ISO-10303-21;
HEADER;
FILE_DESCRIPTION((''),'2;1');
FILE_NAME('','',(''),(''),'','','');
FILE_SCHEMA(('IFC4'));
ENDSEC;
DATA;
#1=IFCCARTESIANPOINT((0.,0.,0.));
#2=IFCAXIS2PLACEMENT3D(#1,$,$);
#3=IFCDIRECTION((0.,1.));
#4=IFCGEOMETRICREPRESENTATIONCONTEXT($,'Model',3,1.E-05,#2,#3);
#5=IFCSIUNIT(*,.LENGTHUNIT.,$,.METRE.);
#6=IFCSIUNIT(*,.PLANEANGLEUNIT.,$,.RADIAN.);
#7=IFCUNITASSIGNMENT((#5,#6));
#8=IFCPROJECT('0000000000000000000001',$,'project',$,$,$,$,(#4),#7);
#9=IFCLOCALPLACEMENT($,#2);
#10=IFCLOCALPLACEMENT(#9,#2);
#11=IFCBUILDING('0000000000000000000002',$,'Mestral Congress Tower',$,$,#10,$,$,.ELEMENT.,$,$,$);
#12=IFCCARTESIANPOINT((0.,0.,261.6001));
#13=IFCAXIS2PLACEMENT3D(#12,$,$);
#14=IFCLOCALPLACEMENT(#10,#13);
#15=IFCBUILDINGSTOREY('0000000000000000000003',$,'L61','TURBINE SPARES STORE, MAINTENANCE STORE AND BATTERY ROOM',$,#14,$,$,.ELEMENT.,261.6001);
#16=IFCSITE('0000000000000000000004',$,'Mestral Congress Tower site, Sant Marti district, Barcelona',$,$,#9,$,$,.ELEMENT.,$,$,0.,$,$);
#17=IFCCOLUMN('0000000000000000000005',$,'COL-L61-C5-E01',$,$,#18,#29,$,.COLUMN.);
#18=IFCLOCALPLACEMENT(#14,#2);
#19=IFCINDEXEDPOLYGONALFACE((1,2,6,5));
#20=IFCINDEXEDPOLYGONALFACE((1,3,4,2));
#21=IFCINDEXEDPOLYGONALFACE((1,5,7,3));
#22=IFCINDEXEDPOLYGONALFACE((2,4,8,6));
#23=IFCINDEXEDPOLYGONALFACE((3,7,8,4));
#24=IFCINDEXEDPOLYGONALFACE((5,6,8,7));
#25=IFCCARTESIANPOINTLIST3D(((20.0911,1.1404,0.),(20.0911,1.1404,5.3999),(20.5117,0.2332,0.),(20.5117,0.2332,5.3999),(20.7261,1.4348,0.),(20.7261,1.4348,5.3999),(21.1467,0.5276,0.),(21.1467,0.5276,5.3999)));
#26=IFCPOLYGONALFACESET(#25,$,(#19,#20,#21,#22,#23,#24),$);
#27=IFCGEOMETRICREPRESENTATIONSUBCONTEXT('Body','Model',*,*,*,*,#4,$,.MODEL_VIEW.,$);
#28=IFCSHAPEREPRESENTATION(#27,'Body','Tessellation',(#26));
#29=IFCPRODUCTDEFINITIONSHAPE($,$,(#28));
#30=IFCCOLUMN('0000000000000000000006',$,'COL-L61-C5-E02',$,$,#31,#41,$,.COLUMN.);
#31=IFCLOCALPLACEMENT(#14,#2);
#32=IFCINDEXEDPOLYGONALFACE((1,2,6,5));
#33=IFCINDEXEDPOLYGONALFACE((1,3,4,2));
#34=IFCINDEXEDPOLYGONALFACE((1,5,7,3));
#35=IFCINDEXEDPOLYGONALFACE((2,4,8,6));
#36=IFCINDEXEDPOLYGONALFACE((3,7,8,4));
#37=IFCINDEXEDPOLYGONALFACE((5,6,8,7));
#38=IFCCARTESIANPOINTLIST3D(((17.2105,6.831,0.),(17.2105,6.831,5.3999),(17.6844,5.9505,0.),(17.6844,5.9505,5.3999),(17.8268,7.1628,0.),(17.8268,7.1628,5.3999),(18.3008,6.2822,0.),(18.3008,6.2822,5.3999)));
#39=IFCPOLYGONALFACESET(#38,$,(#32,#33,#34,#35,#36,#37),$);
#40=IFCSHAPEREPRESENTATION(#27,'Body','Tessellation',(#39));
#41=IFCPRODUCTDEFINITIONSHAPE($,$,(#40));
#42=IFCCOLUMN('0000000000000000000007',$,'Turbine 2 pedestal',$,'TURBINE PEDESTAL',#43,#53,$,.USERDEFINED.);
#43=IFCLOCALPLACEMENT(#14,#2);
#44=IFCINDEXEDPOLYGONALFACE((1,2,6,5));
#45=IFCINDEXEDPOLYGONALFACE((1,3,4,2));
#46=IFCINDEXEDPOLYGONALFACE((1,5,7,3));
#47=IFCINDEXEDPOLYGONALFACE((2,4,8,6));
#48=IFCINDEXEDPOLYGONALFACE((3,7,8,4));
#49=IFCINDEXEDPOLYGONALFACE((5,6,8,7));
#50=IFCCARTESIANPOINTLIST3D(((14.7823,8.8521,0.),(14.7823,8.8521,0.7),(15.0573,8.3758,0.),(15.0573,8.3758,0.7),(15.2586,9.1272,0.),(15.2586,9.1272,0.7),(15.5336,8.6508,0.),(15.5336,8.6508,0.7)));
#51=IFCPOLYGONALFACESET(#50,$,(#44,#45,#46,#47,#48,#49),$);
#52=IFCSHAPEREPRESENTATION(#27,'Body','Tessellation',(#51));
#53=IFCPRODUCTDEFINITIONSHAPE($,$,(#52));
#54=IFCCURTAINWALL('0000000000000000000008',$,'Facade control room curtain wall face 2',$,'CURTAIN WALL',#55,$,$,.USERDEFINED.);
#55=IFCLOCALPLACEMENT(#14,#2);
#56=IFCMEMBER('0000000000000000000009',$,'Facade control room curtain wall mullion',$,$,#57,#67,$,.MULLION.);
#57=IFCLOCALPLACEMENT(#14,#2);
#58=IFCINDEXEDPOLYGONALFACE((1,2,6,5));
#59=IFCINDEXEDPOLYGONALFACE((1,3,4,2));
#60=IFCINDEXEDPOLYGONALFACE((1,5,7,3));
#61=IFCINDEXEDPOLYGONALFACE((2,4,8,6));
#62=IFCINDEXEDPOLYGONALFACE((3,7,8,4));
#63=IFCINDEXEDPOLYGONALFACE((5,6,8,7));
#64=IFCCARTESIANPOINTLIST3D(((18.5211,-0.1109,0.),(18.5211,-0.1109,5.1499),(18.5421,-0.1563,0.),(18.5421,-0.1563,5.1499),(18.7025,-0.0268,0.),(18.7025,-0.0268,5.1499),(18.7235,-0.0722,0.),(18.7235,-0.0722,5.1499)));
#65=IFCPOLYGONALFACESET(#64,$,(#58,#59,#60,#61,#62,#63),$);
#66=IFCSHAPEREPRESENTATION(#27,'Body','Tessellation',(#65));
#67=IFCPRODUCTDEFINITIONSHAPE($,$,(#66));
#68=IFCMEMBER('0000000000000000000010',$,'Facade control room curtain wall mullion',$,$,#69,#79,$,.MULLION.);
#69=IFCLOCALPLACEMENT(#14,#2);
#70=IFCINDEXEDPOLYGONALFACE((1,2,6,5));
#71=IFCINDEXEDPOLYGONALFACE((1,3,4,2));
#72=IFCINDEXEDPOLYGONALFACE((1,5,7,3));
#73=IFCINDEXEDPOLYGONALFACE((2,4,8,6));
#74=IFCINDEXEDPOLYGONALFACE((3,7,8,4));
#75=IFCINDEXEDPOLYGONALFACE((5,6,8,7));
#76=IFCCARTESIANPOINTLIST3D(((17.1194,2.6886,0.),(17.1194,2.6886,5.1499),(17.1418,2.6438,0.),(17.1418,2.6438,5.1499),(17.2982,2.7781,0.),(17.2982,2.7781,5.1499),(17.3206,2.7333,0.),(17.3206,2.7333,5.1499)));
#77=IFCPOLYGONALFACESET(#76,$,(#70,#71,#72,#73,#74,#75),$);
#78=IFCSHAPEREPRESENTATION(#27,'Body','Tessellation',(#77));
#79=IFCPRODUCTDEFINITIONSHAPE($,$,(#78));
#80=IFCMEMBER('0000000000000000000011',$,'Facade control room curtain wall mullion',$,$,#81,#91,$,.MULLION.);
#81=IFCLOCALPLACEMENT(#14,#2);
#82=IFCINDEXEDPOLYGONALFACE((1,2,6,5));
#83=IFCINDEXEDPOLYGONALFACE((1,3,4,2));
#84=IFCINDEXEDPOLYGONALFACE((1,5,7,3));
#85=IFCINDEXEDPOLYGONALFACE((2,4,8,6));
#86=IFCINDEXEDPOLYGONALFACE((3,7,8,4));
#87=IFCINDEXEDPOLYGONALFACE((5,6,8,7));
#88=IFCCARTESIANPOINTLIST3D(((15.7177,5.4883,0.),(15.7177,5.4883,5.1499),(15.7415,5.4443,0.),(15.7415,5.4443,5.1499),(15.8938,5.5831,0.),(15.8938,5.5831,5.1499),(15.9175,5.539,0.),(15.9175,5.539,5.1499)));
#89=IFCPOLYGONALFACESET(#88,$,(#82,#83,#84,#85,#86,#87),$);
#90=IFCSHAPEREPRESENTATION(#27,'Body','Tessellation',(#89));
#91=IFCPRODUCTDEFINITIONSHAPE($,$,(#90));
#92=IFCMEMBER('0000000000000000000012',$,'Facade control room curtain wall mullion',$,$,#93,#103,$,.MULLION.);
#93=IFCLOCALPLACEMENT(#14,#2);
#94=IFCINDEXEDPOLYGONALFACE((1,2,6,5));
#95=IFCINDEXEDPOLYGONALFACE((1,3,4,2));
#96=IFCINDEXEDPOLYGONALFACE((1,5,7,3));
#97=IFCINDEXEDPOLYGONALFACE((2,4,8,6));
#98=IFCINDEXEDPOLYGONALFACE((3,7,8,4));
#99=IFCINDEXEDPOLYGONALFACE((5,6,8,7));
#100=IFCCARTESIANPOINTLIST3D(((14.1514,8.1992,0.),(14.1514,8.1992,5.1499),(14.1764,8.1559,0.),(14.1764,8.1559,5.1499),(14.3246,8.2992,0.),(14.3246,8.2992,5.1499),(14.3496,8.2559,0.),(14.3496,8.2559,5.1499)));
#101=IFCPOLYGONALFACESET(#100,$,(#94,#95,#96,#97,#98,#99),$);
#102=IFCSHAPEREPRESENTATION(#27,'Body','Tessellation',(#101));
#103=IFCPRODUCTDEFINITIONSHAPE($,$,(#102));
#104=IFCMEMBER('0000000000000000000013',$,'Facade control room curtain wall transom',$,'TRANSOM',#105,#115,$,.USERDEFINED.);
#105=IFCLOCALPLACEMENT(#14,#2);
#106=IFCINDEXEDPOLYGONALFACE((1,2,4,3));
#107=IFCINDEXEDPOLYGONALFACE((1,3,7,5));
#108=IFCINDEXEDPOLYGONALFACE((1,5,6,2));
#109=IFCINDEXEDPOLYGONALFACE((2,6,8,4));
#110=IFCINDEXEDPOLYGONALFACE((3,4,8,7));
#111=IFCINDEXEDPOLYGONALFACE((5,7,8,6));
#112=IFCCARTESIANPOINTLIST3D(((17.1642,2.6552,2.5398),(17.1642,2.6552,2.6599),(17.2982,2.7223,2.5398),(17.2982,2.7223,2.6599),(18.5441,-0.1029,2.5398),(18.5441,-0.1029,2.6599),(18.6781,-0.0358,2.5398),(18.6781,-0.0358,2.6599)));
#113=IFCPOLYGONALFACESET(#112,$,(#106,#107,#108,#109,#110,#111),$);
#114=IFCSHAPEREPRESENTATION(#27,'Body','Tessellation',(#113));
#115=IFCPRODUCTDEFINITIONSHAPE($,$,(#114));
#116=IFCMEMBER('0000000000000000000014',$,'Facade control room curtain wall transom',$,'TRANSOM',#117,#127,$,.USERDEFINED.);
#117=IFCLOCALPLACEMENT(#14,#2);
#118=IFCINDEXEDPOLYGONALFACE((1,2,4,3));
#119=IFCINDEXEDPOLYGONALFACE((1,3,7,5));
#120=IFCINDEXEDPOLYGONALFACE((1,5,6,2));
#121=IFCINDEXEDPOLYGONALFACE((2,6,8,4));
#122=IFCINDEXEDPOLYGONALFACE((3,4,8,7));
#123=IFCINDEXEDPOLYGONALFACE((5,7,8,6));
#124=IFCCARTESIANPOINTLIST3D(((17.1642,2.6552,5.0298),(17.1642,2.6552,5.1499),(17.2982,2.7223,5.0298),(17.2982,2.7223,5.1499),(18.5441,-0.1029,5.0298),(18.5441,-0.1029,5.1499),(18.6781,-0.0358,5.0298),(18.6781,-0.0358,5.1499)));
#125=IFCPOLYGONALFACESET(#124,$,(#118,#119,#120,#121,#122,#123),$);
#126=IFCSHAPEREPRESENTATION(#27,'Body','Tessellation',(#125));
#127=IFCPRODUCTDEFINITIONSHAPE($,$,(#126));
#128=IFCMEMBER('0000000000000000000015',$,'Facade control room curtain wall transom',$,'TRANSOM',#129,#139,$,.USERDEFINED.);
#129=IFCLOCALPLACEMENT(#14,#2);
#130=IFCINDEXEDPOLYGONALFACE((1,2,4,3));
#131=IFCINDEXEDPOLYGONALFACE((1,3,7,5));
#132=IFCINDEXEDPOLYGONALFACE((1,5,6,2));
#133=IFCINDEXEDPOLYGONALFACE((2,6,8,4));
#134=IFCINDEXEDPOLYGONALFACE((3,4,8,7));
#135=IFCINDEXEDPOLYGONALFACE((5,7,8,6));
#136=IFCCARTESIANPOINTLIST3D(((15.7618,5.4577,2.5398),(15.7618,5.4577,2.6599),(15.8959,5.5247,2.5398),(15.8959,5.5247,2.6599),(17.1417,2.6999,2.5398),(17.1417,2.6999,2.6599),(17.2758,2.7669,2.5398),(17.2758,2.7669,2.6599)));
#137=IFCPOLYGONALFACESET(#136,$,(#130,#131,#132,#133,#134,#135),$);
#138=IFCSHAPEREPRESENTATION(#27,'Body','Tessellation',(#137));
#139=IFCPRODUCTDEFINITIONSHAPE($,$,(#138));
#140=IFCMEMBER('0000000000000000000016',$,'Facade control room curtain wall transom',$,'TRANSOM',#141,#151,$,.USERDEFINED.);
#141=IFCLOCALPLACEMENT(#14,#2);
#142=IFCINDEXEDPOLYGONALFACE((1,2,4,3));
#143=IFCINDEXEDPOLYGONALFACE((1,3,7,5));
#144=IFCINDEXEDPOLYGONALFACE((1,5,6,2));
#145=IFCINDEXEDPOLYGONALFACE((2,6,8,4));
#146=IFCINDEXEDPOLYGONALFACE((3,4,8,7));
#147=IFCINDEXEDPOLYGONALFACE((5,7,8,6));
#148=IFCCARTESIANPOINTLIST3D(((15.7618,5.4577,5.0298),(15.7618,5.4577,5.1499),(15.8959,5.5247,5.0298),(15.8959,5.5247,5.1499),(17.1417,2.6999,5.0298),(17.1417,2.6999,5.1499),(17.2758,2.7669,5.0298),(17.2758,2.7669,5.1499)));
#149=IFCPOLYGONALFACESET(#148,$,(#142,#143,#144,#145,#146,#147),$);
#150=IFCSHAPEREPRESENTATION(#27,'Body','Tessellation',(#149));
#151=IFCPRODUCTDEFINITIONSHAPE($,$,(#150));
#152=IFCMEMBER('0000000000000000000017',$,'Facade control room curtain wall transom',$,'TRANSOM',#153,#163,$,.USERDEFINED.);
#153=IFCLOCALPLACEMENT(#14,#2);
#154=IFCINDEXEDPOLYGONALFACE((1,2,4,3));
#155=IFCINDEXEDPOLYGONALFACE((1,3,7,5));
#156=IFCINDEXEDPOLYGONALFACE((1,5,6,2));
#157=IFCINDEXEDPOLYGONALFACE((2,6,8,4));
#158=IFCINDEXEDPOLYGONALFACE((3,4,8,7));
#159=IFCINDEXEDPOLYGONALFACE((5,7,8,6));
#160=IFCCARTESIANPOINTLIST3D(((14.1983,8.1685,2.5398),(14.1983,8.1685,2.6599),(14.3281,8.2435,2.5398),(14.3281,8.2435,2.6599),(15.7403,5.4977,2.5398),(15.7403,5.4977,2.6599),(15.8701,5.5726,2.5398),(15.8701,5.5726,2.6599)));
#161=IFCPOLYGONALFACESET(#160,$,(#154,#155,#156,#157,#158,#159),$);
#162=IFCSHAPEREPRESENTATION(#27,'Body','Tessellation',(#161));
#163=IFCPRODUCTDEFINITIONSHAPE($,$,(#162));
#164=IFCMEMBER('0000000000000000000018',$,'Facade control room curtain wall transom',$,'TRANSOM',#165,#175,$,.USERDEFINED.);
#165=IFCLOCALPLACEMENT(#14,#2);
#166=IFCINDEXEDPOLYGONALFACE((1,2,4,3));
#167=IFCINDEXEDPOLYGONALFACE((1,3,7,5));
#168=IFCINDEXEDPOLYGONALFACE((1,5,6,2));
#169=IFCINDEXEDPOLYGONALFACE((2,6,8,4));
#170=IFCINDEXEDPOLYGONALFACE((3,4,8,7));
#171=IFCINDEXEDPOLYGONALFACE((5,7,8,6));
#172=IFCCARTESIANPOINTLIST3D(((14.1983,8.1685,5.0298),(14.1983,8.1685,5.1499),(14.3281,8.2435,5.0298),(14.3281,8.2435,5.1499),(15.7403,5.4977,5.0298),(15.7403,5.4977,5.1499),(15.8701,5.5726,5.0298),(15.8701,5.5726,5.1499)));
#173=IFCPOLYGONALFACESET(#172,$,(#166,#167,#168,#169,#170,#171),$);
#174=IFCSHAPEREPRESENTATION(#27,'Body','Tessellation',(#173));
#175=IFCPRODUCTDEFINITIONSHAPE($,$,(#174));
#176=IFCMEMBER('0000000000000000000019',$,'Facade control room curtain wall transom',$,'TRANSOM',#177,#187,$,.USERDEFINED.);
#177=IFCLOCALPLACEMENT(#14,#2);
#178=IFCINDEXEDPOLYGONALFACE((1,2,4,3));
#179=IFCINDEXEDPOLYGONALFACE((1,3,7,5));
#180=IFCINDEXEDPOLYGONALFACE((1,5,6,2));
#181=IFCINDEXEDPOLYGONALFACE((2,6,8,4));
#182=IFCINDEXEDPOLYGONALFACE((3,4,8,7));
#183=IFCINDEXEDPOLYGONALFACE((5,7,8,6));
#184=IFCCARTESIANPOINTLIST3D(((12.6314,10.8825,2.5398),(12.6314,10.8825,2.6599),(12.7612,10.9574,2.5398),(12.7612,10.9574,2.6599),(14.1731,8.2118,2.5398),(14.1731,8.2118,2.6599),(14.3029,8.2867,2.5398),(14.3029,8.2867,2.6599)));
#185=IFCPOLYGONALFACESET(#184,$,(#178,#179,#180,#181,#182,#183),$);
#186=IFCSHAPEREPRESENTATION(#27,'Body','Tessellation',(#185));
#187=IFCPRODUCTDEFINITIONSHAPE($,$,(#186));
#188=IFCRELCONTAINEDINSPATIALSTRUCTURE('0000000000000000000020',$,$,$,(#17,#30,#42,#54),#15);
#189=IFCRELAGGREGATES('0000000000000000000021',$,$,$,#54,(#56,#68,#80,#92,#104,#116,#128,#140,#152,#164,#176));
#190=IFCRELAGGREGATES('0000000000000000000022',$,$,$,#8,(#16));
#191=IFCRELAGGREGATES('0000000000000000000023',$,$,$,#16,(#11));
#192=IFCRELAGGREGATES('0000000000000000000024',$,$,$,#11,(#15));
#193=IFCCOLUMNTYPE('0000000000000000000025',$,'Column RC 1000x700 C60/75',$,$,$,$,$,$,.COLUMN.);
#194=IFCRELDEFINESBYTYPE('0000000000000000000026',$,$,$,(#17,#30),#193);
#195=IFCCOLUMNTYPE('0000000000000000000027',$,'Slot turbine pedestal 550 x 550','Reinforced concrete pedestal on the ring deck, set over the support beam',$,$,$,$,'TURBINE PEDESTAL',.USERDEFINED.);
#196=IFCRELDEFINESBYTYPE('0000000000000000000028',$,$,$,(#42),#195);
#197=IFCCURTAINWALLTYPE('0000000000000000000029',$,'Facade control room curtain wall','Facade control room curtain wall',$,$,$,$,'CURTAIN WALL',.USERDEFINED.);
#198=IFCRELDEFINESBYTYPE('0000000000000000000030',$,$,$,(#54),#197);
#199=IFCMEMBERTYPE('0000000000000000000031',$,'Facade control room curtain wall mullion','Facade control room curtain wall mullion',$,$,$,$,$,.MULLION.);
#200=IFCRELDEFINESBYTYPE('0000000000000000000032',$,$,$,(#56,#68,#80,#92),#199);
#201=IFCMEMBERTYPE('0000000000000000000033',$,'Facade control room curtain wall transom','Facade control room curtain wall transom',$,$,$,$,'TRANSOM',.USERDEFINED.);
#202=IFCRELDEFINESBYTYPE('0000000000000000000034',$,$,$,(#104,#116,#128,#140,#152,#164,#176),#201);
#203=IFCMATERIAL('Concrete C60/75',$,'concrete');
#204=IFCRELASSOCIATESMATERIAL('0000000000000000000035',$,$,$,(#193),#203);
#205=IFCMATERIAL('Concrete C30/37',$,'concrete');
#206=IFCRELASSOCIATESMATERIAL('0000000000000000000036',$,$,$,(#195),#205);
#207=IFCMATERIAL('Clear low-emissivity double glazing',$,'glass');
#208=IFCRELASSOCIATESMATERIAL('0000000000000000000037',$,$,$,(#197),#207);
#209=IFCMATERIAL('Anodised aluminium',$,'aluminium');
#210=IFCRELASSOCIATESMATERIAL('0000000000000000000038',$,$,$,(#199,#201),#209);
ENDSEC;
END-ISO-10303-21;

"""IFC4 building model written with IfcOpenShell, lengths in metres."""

from ifc_helpers import new_model, si_unit, direction, frame, origin, origin_2d, place, context, subcontext, project, spatial, rectangle, extrude, material, material_profile, profile_set, type_object, element, aggregate, save


model = new_model("IFC4")

# Units and contexts
model_context = context("Model", 3, precision=1e-05, world=origin(), true_north=direction((0.0, 1.0)))
body_context = subcontext(model_context, "Body", "Model", "MODEL_VIEW")
ifc_project = project(units=[si_unit("LENGTHUNIT", "METRE"), si_unit("PLANEANGLEUNIT", "RADIAN")], contexts=[model_context])

# Site, building, storey
site_placement = place(None, origin())
site = spatial("IfcSite", under=ifc_project, at=site_placement, Name="Mestral Congress Tower site, Sant Marti district, Barcelona", CompositionType="ELEMENT", RefElevation=0.0)
building_placement = place(site_placement, origin())
building = spatial("IfcBuilding", under=site, at=building_placement, Name="Mestral Congress Tower", CompositionType="ELEMENT")
storey_placement = place(building_placement, frame((0.0, 0.0, 261.6001)))
storey = spatial("IfcBuildingStorey", under=building, at=storey_placement, Name="L61", Description="TURBINE SPARES STORE, MAINTENANCE STORE AND BATTERY ROOM", CompositionType="ELEMENT", Elevation=261.6001)

# Columns
ifc_material_1 = material(Name="Concrete C60/75", Category="concrete")
ifc_material_profile_1 = material_profile(ifc_material_1, rectangle(XDim=1.0, YDim=0.7, at=origin_2d()), Name="RC 1000x700")
ifc_profile_set_1 = profile_set([ifc_material_profile_1], Name="Concrete C60/75")
column_type_1 = type_object("IfcColumnType", Name="Column RC 1000x700 C60/75", PredefinedType="COLUMN", material=ifc_profile_set_1)
for number, where, z_axis, x_axis, name in (
    (1, (20.6189, 0.834, 0.0), (0.0, 0.0, 1.0), (-0.420596, 0.907248, 0.0), "COL-L61-C5-E01"),
    (2, (17.7556, 6.5566, 0.0), (0.0, 0.0, 1.0), (-0.473945, 0.880554, 0.0), "COL-L61-C5-E02"),
):
    element("IfcColumn", number, at=place(storey_placement, frame(where, z_axis=z_axis, x_axis=x_axis)), inside=storey, type_object=column_type_1, Name=name, PredefinedType="COLUMN", context=body_context, shape_type="SweptSolid", body=[
        extrude(rectangle(XDim=1.0, YDim=0.7, at=origin_2d()), origin(), (0.0, 0.0, 1.0), 5.3999),
    ])
ifc_material_2 = material(Name="Concrete C30/37", Category="concrete")
ifc_material_profile_2 = material_profile(ifc_material_2, rectangle(XDim=0.55, YDim=0.55, at=origin_2d()), Name="Pedestal 550 x 550")
ifc_profile_set_2 = profile_set([ifc_material_profile_2], Name="Concrete C30/37")
column_type_2 = type_object("IfcColumnType", Name="Slot turbine pedestal 550 x 550", Description="Reinforced concrete pedestal on the ring deck, set over the support beam", ElementType="TURBINE PEDESTAL", PredefinedType="USERDEFINED", material=ifc_profile_set_2)
column_placement = place(storey_placement, frame((15.158, 8.7515, 0.0), z_axis=(0.0, 0.0, 1.0), x_axis=(-0.5, 0.866025, 0.0)))
element("IfcColumn", 3, at=column_placement, inside=storey, type_object=column_type_2, Name="Turbine 2 pedestal", ObjectType="TURBINE PEDESTAL", PredefinedType="USERDEFINED", context=body_context, shape_type="SweptSolid", body=[
    extrude(rectangle(XDim=0.55, YDim=0.55, at=origin_2d()), origin(), (0.0, 0.0, 1.0), 0.7),
])

# Curtain wall, members
ifc_material_3 = material(Name="Clear low-emissivity double glazing", Category="glass")
curtain_wall_type = type_object("IfcCurtainWallType", Name="Facade control room curtain wall", Description="Facade control room curtain wall", ElementType="CURTAIN WALL", PredefinedType="USERDEFINED", material=ifc_material_3)
curtain_wall_placement = place(storey_placement, origin())
curtain_wall = element("IfcCurtainWall", 4, at=curtain_wall_placement, inside=storey, type_object=curtain_wall_type, Name="Facade control room curtain wall face 2", ObjectType="CURTAIN WALL", PredefinedType="USERDEFINED")
ifc_material_4 = material(Name="Anodised aluminium", Category="aluminium")
ifc_material_profile_3 = material_profile(ifc_material_4, rectangle(XDim=0.2, YDim=0.05, at=origin_2d()), Name="CW5 mullion 200 x 50")
ifc_profile_set_3 = profile_set([ifc_material_profile_3], Name="Anodised aluminium")
member_type_1 = type_object("IfcMemberType", Name="Facade control room curtain wall mullion", Description="Facade control room curtain wall mullion", PredefinedType="MULLION", material=ifc_profile_set_3)
member_1_placement = place(storey_placement, frame((18.6223, -0.0916, 0.0), z_axis=(0.0, 0.0, 1.0), x_axis=(0.907248, 0.420596, 0.0)))
member_1 = element("IfcMember", 5, at=member_1_placement, type_object=member_type_1, Name="Facade control room curtain wall mullion", PredefinedType="MULLION", context=body_context, shape_type="SweptSolid", body=[
    extrude(rectangle(XDim=0.2, YDim=0.05, at=origin_2d()), origin(), (0.0, 0.0, 1.0), 5.1499),
])
member_2_placement = place(storey_placement, frame((17.22, 2.7109, 0.0), z_axis=(0.0, 0.0, 1.0), x_axis=(0.894299, 0.44747, 0.0)))
member_2 = element("IfcMember", 6, at=member_2_placement, type_object=member_type_1, Name="Facade control room curtain wall mullion", PredefinedType="MULLION", context=body_context, shape_type="SweptSolid", body=[
    extrude(rectangle(XDim=0.2, YDim=0.05, at=origin_2d()), origin(), (0.0, 0.0, 1.0), 5.1499),
])
member_3_placement = place(storey_placement, frame((15.8176, 5.5137, 0.0), z_axis=(0.0, 0.0, 1.0), x_axis=(0.880554, 0.473945, 0.0)))
member_3 = element("IfcMember", 7, at=member_3_placement, type_object=member_type_1, Name="Facade control room curtain wall mullion", PredefinedType="MULLION", context=body_context, shape_type="SweptSolid", body=[
    extrude(rectangle(XDim=0.2, YDim=0.05, at=origin_2d()), origin(), (0.0, 0.0, 1.0), 5.1499),
])
member_4_placement = place(storey_placement, frame((14.2505, 8.2275, 0.0), z_axis=(0.0, 0.0, 1.0), x_axis=(0.866025, 0.5, 0.0)))
member_4 = element("IfcMember", 8, at=member_4_placement, type_object=member_type_1, Name="Facade control room curtain wall mullion", PredefinedType="MULLION", context=body_context, shape_type="SweptSolid", body=[
    extrude(rectangle(XDim=0.2, YDim=0.05, at=origin_2d()), origin(), (0.0, 0.0, 1.0), 5.1499),
])
ifc_material_profile_4 = material_profile(ifc_material_4, rectangle(XDim=0.1499, YDim=0.1201, at=origin_2d()), Name="CW5 transom 150 x 120")
ifc_profile_set_4 = profile_set([ifc_material_profile_4], Name="Anodised aluminium")
member_type_2 = type_object("IfcMemberType", Name="Facade control room curtain wall transom", Description="Facade control room curtain wall transom", ElementType="TRANSOM", PredefinedType="USERDEFINED", material=ifc_profile_set_4)
member_5_placement = place(storey_placement, frame((18.6111, -0.0693, 2.5999), z_axis=(-0.447435, 0.894316, 0.0), x_axis=(-0.894316, -0.447435, 0.0)))
member_5 = element("IfcMember", 9, at=member_5_placement, type_object=member_type_2, Name="Facade control room curtain wall transom", ObjectType="TRANSOM", PredefinedType="USERDEFINED", context=body_context, shape_type="SweptSolid", body=[
    extrude(rectangle(XDim=0.1499, YDim=0.1201, at=origin_2d()), origin(), (0.0, 0.0, 1.0), 3.084),
])
member_6_placement = place(storey_placement, frame((18.6111, -0.0693, 5.0898), z_axis=(-0.447435, 0.894316, 0.0), x_axis=(-0.894316, -0.447435, 0.0)))
member_6 = element("IfcMember", 10, at=member_6_placement, type_object=member_type_2, Name="Facade control room curtain wall transom", ObjectType="TRANSOM", PredefinedType="USERDEFINED", context=body_context, shape_type="SweptSolid", body=[
    extrude(rectangle(XDim=0.1499, YDim=0.1201, at=origin_2d()), origin(), (0.0, 0.0, 1.0), 3.084),
])
member_7_placement = place(storey_placement, frame((17.2087, 2.7334, 2.5999), z_axis=(-0.447467, 0.8943, 0.0), x_axis=(-0.8943, -0.447467, 0.0)))
member_7 = element("IfcMember", 11, at=member_7_placement, type_object=member_type_2, Name="Facade control room curtain wall transom", ObjectType="TRANSOM", PredefinedType="USERDEFINED", context=body_context, shape_type="SweptSolid", body=[
    extrude(rectangle(XDim=0.1499, YDim=0.1201, at=origin_2d()), origin(), (0.0, 0.0, 1.0), 3.0837),
])
member_8_placement = place(storey_placement, frame((17.2087, 2.7334, 5.0898), z_axis=(-0.447467, 0.8943, 0.0), x_axis=(-0.8943, -0.447467, 0.0)))
member_8 = element("IfcMember", 12, at=member_8_placement, type_object=member_type_2, Name="Facade control room curtain wall transom", ObjectType="TRANSOM", PredefinedType="USERDEFINED", context=body_context, shape_type="SweptSolid", body=[
    extrude(rectangle(XDim=0.1499, YDim=0.1201, at=origin_2d()), origin(), (0.0, 0.0, 1.0), 3.0837),
])
member_9_placement = place(storey_placement, frame((15.8052, 5.5352, 2.5999), z_axis=(-0.499987, 0.866033, 0.0), x_axis=(-0.866033, -0.499987, 0.0)))
member_9 = element("IfcMember", 13, at=member_9_placement, type_object=member_type_2, Name="Facade control room curtain wall transom", ObjectType="TRANSOM", PredefinedType="USERDEFINED", context=body_context, shape_type="SweptSolid", body=[
    extrude(rectangle(XDim=0.1499, YDim=0.1201, at=origin_2d()), origin(), (0.0, 0.0, 1.0), 3.084),
])
member_10_placement = place(storey_placement, frame((15.8052, 5.5352, 5.0898), z_axis=(-0.499987, 0.866033, 0.0), x_axis=(-0.866033, -0.499987, 0.0)))
member_10 = element("IfcMember", 14, at=member_10_placement, type_object=member_type_2, Name="Facade control room curtain wall transom", ObjectType="TRANSOM", PredefinedType="USERDEFINED", context=body_context, shape_type="SweptSolid", body=[
    extrude(rectangle(XDim=0.1499, YDim=0.1201, at=origin_2d()), origin(), (0.0, 0.0, 1.0), 3.084),
])
member_11_placement = place(storey_placement, frame((14.238, 8.2493, 2.5999), z_axis=(-0.499962, 0.866047, 0.0), x_axis=(-0.866047, -0.499962, 0.0)))
member_11 = element("IfcMember", 15, at=member_11_placement, type_object=member_type_2, Name="Facade control room curtain wall transom", ObjectType="TRANSOM", PredefinedType="USERDEFINED", context=body_context, shape_type="SweptSolid", body=[
    extrude(rectangle(XDim=0.1499, YDim=0.1201, at=origin_2d()), origin(), (0.0, 0.0, 1.0), 3.0837),
])

aggregate(curtain_wall, [member_1, member_2, member_3, member_4, member_5, member_6, member_7, member_8, member_9, member_10, member_11])

save(model, "model.ifc")
